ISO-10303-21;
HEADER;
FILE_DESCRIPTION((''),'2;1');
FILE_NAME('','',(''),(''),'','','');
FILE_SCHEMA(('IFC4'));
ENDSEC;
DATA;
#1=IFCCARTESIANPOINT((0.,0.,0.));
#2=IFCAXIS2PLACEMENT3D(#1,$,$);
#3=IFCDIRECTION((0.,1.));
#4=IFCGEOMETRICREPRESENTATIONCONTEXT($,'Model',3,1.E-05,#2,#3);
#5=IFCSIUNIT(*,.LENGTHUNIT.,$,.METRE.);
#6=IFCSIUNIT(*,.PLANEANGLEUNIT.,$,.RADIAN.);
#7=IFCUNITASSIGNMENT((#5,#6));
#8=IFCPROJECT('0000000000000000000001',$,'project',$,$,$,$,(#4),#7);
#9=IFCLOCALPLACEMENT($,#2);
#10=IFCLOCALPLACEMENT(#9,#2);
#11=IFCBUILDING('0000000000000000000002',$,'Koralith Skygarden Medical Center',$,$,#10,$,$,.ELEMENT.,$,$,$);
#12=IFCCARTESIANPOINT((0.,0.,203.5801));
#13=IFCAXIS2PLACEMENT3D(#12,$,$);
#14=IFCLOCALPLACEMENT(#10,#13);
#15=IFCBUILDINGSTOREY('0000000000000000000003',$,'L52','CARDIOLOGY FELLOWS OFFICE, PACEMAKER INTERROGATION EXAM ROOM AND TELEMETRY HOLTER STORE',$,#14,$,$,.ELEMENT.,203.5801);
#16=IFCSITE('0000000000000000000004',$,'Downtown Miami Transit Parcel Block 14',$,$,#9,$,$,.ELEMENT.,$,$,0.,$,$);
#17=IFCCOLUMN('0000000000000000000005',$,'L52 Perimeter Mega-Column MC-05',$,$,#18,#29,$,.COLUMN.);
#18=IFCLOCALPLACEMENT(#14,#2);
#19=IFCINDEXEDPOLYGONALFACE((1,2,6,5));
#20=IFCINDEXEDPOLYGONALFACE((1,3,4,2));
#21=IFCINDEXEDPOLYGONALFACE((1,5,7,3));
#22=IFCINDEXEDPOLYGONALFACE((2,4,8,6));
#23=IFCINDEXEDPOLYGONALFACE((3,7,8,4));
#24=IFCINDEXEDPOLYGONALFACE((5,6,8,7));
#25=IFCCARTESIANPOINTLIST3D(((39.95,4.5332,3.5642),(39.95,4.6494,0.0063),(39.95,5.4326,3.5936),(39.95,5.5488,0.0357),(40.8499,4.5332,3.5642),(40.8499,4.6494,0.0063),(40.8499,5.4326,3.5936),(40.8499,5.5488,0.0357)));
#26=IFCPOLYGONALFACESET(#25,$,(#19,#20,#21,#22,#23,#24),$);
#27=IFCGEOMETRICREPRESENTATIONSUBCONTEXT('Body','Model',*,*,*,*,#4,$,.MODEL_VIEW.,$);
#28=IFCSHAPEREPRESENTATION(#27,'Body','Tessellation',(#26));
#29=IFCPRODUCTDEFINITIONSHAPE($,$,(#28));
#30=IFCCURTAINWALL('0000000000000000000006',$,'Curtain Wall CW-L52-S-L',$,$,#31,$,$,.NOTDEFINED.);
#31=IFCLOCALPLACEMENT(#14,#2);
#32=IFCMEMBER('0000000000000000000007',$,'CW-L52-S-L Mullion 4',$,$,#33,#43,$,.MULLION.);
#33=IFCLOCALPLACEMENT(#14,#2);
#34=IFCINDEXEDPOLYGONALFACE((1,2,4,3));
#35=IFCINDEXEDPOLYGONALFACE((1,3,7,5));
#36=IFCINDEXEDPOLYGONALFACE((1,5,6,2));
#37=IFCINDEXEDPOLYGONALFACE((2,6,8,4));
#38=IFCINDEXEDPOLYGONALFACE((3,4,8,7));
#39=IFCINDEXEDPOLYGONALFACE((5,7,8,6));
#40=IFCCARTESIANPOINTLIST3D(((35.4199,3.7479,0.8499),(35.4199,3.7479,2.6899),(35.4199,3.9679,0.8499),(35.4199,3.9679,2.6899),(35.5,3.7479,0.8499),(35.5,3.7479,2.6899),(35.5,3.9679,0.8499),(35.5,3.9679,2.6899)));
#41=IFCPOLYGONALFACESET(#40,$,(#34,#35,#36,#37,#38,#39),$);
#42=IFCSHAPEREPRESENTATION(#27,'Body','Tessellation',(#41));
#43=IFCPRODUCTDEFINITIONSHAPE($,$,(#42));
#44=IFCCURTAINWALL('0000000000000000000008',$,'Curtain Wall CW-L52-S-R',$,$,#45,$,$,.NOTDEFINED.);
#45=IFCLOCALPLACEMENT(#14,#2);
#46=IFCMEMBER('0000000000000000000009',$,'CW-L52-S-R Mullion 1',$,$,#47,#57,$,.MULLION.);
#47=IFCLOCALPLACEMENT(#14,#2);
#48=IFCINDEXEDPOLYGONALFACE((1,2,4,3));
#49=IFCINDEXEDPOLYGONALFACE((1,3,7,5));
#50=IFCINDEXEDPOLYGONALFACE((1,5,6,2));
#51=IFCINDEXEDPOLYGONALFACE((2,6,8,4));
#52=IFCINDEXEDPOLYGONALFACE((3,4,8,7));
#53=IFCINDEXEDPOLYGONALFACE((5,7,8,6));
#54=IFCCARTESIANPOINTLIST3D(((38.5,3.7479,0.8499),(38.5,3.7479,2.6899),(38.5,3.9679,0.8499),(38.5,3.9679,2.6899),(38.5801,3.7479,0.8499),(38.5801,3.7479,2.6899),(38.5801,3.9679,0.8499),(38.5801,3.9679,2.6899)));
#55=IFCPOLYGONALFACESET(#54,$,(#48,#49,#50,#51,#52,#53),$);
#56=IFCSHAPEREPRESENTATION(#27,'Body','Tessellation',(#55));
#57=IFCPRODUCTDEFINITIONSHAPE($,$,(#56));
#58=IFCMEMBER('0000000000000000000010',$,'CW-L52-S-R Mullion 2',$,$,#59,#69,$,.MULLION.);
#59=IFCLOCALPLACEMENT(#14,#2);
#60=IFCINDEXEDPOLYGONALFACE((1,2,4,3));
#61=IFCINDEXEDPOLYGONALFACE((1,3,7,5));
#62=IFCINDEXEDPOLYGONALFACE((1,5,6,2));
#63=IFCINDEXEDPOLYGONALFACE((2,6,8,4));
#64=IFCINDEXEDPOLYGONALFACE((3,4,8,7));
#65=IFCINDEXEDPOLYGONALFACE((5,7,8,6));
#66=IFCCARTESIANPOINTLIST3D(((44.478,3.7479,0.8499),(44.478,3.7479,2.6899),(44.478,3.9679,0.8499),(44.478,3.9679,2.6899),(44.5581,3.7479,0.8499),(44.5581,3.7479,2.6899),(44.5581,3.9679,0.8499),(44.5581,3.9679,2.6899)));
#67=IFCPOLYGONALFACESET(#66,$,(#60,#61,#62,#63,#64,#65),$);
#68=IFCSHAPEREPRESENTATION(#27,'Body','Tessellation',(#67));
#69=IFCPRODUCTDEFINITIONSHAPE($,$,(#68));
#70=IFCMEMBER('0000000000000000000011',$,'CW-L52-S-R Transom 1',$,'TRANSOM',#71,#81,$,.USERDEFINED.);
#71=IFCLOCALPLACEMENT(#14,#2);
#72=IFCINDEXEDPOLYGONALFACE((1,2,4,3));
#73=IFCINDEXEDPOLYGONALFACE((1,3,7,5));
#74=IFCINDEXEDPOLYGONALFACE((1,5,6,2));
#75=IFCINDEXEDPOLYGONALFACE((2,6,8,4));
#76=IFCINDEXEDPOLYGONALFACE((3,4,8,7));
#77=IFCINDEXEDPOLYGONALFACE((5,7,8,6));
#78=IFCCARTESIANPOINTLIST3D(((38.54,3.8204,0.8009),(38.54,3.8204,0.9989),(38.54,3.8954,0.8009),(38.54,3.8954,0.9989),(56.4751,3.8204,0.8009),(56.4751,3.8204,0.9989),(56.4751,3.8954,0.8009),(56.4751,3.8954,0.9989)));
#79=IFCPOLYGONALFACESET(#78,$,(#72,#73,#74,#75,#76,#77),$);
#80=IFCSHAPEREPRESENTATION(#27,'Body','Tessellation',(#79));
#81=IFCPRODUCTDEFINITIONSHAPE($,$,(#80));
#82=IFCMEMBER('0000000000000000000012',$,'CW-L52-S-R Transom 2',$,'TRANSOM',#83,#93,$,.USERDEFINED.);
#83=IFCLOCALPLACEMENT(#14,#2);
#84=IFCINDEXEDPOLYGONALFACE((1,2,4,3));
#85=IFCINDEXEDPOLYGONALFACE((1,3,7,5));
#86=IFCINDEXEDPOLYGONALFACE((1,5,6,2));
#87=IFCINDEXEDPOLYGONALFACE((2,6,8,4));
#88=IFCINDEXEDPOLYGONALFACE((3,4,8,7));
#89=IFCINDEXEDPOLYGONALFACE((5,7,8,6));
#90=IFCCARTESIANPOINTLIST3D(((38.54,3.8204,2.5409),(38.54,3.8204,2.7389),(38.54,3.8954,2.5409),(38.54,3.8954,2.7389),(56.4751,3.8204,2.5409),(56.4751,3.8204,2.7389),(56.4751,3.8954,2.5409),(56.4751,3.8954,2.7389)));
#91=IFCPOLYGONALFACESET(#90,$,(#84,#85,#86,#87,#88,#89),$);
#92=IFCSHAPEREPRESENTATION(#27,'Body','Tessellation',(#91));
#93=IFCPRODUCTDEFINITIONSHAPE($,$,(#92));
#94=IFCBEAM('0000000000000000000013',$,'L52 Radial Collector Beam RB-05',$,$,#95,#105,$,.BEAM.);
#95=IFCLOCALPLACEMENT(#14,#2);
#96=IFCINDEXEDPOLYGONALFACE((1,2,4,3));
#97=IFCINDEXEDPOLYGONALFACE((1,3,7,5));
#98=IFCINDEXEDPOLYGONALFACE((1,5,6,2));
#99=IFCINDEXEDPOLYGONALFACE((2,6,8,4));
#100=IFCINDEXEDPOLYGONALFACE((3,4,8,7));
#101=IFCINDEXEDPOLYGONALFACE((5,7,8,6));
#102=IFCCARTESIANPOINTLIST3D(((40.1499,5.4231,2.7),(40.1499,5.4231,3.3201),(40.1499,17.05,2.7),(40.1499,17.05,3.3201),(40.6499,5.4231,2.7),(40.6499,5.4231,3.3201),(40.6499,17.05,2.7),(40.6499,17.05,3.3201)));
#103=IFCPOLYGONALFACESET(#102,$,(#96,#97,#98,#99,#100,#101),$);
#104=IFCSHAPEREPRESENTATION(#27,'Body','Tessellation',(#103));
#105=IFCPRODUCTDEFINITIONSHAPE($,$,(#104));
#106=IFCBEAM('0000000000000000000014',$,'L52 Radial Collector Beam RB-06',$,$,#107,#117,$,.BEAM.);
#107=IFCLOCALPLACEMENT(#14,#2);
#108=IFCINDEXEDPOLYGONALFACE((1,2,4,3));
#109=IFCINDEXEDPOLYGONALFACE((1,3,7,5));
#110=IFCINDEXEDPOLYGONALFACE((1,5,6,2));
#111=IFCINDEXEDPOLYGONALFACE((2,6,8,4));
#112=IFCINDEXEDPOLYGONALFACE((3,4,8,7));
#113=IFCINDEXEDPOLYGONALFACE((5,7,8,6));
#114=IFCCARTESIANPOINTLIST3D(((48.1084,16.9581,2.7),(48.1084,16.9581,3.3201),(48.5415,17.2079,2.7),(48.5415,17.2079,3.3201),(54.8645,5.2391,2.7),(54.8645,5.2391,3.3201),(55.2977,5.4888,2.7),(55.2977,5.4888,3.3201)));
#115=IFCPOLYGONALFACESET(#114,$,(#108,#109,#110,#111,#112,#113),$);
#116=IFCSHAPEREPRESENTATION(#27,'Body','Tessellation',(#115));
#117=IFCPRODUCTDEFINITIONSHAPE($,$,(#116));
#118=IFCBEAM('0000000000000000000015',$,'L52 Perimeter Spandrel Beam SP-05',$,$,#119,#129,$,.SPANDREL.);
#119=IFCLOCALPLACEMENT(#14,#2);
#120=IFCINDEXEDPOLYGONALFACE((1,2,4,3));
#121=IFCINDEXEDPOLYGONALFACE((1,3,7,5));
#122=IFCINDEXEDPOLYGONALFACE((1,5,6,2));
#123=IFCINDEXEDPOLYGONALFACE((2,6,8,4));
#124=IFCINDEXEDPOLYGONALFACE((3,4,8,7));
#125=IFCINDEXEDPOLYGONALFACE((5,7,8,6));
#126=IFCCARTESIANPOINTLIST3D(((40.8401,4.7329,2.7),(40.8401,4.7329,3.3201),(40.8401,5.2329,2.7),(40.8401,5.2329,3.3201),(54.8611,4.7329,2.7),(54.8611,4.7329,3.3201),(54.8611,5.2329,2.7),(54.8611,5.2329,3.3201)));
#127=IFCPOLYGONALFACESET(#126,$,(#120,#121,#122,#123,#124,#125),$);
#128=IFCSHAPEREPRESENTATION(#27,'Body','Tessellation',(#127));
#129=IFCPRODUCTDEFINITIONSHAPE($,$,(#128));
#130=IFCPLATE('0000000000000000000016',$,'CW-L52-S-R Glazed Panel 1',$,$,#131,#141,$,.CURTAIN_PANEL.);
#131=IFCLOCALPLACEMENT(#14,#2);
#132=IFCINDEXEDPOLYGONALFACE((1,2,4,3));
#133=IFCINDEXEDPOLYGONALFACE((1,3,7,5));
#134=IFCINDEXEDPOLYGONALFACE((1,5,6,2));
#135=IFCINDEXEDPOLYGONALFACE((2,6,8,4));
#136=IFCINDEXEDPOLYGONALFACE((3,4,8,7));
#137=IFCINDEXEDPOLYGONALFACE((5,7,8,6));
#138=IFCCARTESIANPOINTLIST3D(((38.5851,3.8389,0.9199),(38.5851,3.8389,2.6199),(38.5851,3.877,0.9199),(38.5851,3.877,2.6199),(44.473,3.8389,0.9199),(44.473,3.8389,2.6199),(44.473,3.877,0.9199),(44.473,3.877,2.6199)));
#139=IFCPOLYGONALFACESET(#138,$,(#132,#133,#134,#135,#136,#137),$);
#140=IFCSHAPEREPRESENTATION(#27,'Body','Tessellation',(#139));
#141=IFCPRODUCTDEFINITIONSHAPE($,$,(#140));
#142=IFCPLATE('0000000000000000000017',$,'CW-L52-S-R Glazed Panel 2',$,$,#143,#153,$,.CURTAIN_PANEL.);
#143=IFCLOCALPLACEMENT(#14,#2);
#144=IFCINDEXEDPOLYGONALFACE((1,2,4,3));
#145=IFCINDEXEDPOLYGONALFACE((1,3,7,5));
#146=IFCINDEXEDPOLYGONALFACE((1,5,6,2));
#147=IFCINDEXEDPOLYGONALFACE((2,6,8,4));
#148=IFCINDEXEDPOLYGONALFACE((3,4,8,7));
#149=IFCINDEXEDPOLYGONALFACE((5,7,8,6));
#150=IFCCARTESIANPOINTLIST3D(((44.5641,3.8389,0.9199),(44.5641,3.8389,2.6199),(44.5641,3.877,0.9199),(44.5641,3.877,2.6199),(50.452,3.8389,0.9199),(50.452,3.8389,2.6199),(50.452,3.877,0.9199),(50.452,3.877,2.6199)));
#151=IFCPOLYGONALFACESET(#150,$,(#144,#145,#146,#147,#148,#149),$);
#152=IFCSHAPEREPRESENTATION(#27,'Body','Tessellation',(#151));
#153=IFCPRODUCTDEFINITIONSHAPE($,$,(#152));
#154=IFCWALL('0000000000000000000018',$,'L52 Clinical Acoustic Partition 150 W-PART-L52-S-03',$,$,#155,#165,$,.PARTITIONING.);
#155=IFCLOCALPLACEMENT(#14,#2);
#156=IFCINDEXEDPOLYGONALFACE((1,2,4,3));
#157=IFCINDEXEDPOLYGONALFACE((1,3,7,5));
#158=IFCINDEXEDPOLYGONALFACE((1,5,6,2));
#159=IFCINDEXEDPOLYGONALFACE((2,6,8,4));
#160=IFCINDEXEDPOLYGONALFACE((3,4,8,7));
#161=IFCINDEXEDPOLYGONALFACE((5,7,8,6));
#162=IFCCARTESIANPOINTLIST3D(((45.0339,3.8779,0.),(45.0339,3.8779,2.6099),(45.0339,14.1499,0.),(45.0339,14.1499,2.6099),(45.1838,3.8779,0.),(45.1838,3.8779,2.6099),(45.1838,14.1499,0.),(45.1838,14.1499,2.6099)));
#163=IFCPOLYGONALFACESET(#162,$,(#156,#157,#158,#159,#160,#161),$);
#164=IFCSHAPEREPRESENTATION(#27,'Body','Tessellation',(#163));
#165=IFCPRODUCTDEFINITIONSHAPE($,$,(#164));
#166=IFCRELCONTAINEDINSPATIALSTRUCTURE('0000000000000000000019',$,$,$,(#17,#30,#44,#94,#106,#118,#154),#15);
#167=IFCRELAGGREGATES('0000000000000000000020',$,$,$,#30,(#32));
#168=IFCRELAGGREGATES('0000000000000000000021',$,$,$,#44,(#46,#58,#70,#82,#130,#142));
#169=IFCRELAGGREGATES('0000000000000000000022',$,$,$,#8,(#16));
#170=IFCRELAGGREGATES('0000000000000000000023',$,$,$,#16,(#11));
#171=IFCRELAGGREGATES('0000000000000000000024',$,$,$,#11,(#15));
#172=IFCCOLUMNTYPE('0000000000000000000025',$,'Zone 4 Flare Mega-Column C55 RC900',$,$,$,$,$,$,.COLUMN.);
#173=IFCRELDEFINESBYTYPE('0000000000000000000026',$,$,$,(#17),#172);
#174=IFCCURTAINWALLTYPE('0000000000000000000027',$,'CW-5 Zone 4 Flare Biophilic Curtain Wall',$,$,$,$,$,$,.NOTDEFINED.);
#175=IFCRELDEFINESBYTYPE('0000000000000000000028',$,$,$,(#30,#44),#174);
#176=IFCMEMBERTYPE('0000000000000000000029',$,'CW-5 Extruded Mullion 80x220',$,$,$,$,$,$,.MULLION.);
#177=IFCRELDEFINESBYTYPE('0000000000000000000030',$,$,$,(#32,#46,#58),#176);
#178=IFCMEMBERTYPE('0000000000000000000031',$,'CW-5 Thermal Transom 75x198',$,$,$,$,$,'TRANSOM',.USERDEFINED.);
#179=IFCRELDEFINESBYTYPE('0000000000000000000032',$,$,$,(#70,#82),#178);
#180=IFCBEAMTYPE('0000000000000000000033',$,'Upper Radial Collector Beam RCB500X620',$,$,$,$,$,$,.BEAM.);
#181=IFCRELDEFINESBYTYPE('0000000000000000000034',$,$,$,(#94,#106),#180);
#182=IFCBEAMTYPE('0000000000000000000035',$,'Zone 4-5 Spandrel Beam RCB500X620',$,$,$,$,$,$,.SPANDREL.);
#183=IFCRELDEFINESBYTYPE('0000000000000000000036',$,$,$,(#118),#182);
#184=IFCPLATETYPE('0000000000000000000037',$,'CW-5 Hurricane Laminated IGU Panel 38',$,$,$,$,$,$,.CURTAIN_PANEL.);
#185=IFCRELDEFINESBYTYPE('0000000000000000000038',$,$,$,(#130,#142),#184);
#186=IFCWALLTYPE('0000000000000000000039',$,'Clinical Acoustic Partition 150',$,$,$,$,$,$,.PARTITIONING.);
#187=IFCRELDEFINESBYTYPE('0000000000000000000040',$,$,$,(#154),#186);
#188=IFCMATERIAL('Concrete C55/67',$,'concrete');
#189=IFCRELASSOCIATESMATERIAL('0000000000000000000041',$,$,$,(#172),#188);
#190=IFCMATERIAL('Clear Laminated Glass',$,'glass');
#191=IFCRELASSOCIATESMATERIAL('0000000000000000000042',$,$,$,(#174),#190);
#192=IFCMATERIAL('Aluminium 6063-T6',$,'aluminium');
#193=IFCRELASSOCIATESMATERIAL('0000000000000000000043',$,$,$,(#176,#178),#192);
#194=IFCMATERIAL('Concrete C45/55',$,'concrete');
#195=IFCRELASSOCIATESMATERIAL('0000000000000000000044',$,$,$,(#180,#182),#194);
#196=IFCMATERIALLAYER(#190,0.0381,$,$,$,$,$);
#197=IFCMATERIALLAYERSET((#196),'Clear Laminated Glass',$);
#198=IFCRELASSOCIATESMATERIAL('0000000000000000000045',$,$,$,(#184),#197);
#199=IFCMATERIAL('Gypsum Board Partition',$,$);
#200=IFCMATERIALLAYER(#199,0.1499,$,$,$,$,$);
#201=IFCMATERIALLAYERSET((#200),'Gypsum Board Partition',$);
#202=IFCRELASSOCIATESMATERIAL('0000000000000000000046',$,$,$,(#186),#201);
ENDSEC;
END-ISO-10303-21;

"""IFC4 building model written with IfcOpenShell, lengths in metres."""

from ifc_helpers import new_model, si_unit, direction, frame, frame_2d, origin, origin_2d, place, context, subcontext, project, spatial, rectangle, extrude, material, layer, layer_set, material_profile, profile_set, type_object, element, aggregate, save


model = new_model("IFC4")

# Units and contexts
model_context = context("Model", 3, precision=1e-05, world=origin(), true_north=direction((0.0, 1.0)))
body_context = subcontext(model_context, "Body", "Model", "MODEL_VIEW")
ifc_project = project(units=[si_unit("LENGTHUNIT", "METRE"), si_unit("PLANEANGLEUNIT", "RADIAN")], contexts=[model_context])

# Site, building, storey
site_placement = place(None, origin())
site = spatial("IfcSite", under=ifc_project, at=site_placement, Name="Downtown Miami Transit Parcel Block 14", CompositionType="ELEMENT", RefElevation=0.0)
building_placement = place(site_placement, origin())
building = spatial("IfcBuilding", under=site, at=building_placement, Name="Koralith Skygarden Medical Center", CompositionType="ELEMENT")
storey_placement = place(building_placement, frame((0.0, 0.0, 203.5801)))
storey = spatial("IfcBuildingStorey", under=building, at=storey_placement, Name="L52", Description="CARDIOLOGY FELLOWS OFFICE, PACEMAKER INTERROGATION EXAM ROOM AND TELEMETRY HOLTER STORE", CompositionType="ELEMENT", Elevation=203.5801)

# Column
ifc_material_1 = material(Name="Concrete C55/67", Category="concrete")
ifc_material_profile_1 = material_profile(ifc_material_1, rectangle(XDim=0.8999, YDim=0.8999, at=origin_2d()), Name="RC900X900")
ifc_profile_set_1 = profile_set([ifc_material_profile_1], Name="Concrete C55/67")
column_type = type_object("IfcColumnType", Name="Zone 4 Flare Mega-Column C55 RC900", PredefinedType="COLUMN", material=ifc_profile_set_1)
column_placement = place(storey_placement, frame((40.3999, 5.0991, 0.021), z_axis=(0.0, -0.032646, 0.999467), x_axis=(1.0, 0.0, 0.0)))
element("IfcColumn", 1, at=column_placement, inside=storey, type_object=column_type, Name="L52 Perimeter Mega-Column MC-05", PredefinedType="COLUMN", context=body_context, shape_type="SweptSolid", body=[
    extrude(rectangle(XDim=0.8999, YDim=0.8999, at=origin_2d()), origin(), (0.0, 0.0, 1.0), 3.5598),
])

# Curtain wall, member
ifc_material_2 = material(Name="Clear Laminated Glass", Category="glass")
curtain_wall_type = type_object("IfcCurtainWallType", Name="CW-5 Zone 4 Flare Biophilic Curtain Wall", PredefinedType="NOTDEFINED", material=ifc_material_2)
curtain_wall_1_placement = place(storey_placement, origin())
curtain_wall_1 = element("IfcCurtainWall", 2, at=curtain_wall_1_placement, inside=storey, type_object=curtain_wall_type, Name="Curtain Wall CW-L52-S-L", PredefinedType="NOTDEFINED")
ifc_material_3 = material(Name="Aluminium 6063-T6", Category="aluminium")
ifc_material_profile_2 = material_profile(ifc_material_3, rectangle(XDim=0.0801, YDim=0.22, at=origin_2d()), Name="MUL80X220")
ifc_profile_set_2 = profile_set([ifc_material_profile_2], Name="Aluminium 6063-T6")
member_type_1 = type_object("IfcMemberType", Name="CW-5 Extruded Mullion 80x220", PredefinedType="MULLION", material=ifc_profile_set_2)
member_1_placement = place(storey_placement, frame((35.46, 3.8579, 0.8499), z_axis=(0.0, 0.0, 1.0), x_axis=(1.0, 0.0, 0.0)))
member_1 = element("IfcMember", 3, at=member_1_placement, type_object=member_type_1, Name="CW-L52-S-L Mullion 4", PredefinedType="MULLION", context=body_context, shape_type="SweptSolid", body=[
    extrude(rectangle(XDim=0.0801, YDim=0.22, at=origin_2d()), origin(), (0.0, 0.0, 1.0), 1.8401),
])
aggregate(curtain_wall_1, [member_1])

# Curtain wall, members
curtain_wall_2_placement = place(storey_placement, origin())
curtain_wall_2 = element("IfcCurtainWall", 4, at=curtain_wall_2_placement, inside=storey, type_object=curtain_wall_type, Name="Curtain Wall CW-L52-S-R", PredefinedType="NOTDEFINED")
member_2_placement = place(storey_placement, frame((38.54, 3.8579, 0.8499), z_axis=(0.0, 0.0, 1.0), x_axis=(1.0, 0.0, 0.0)))
member_2 = element("IfcMember", 5, at=member_2_placement, type_object=member_type_1, Name="CW-L52-S-R Mullion 1", PredefinedType="MULLION", context=body_context, shape_type="SweptSolid", body=[
    extrude(rectangle(XDim=0.0801, YDim=0.22, at=origin_2d()), origin(), (0.0, 0.0, 1.0), 1.8401),
])
member_3_placement = place(storey_placement, frame((44.5181, 3.8579, 0.8499), z_axis=(0.0, 0.0, 1.0), x_axis=(1.0, 0.0, 0.0)))
member_3 = element("IfcMember", 6, at=member_3_placement, type_object=member_type_1, Name="CW-L52-S-R Mullion 2", PredefinedType="MULLION", context=body_context, shape_type="SweptSolid", body=[
    extrude(rectangle(XDim=0.0801, YDim=0.22, at=origin_2d()), origin(), (0.0, 0.0, 1.0), 1.8401),
])
ifc_material_profile_3 = material_profile(ifc_material_3, rectangle(XDim=0.075, YDim=0.198, at=origin_2d()), Name="TRN75X198")
ifc_profile_set_3 = profile_set([ifc_material_profile_3], Name="Aluminium 6063-T6")
member_type_2 = type_object("IfcMemberType", Name="CW-5 Thermal Transom 75x198", ElementType="TRANSOM", PredefinedType="USERDEFINED", material=ifc_profile_set_3)
member_4_placement = place(storey_placement, frame((38.54, 3.8579, 0.8999), z_axis=(1.0, 0.0, 0.0), x_axis=(0.0, 1.0, 0.0)))
member_4 = element("IfcMember", 7, at=member_4_placement, type_object=member_type_2, Name="CW-L52-S-R Transom 1", ObjectType="TRANSOM", PredefinedType="USERDEFINED", context=body_context, shape_type="SweptSolid", body=[
    extrude(rectangle(XDim=0.075, YDim=0.198, at=origin_2d()), origin(), (0.0, 0.0, 1.0), 17.9351),
])
member_5_placement = place(storey_placement, frame((38.54, 3.8579, 2.6399), z_axis=(1.0, 0.0, 0.0), x_axis=(0.0, 1.0, 0.0)))
member_5 = element("IfcMember", 8, at=member_5_placement, type_object=member_type_2, Name="CW-L52-S-R Transom 2", ObjectType="TRANSOM", PredefinedType="USERDEFINED", context=body_context, shape_type="SweptSolid", body=[
    extrude(rectangle(XDim=0.075, YDim=0.198, at=origin_2d()), origin(), (0.0, 0.0, 1.0), 17.9351),
])

# Beams
ifc_material_4 = material(Name="Concrete C45/55", Category="concrete")
ifc_material_profile_4 = material_profile(ifc_material_4, rectangle(XDim=0.5, YDim=0.6201, at=origin_2d()), Name="RCB500X620")
ifc_profile_set_4 = profile_set([ifc_material_profile_4], Name="Concrete C45/55")
beam_type_1 = type_object("IfcBeamType", Name="Upper Radial Collector Beam RCB500X620", PredefinedType="BEAM", material=ifc_profile_set_4)
beam_1_placement = place(storey_placement, frame((40.3999, 17.05, 3.01), z_axis=(0.0, -1.0, 0.0), x_axis=(1.0, 0.0, 0.0)))
element("IfcBeam", 9, at=beam_1_placement, inside=storey, type_object=beam_type_1, Name="L52 Radial Collector Beam RB-05", PredefinedType="BEAM", context=body_context, shape_type="SweptSolid", body=[
    extrude(rectangle(XDim=0.5, YDim=0.6201, at=origin_2d()), origin(), (0.0, 0.0, 1.0), 11.627),
])
beam_2_placement = place(storey_placement, frame((48.325, 17.083, 3.01), z_axis=(0.499453, -0.866341, 0.0), x_axis=(0.866341, 0.499453, 0.0)))
element("IfcBeam", 10, at=beam_2_placement, inside=storey, type_object=beam_type_1, Name="L52 Radial Collector Beam RB-06", PredefinedType="BEAM", context=body_context, shape_type="SweptSolid", body=[
    extrude(rectangle(XDim=0.5, YDim=0.6201, at=origin_2d()), origin(), (0.0, 0.0, 1.0), 13.5271),
])
ifc_material_profile_5 = material_profile(ifc_material_4, rectangle(XDim=0.5, YDim=0.6201, at=origin_2d()), Name="RCB500X620")
ifc_profile_set_5 = profile_set([ifc_material_profile_5], Name="Concrete C45/55")
beam_type_2 = type_object("IfcBeamType", Name="Zone 4-5 Spandrel Beam RCB500X620", PredefinedType="SPANDREL", material=ifc_profile_set_5)
beam_3_placement = place(storey_placement, frame((40.8401, 4.9829, 3.01), z_axis=(1.0, 0.0, 0.0), x_axis=(0.0, 1.0, 0.0)))
element("IfcBeam", 11, at=beam_3_placement, inside=storey, type_object=beam_type_2, Name="L52 Perimeter Spandrel Beam SP-05", PredefinedType="SPANDREL", context=body_context, shape_type="SweptSolid", body=[
    extrude(rectangle(XDim=0.5, YDim=0.6201, at=origin_2d()), origin(), (0.0, 0.0, 1.0), 14.021),
])

# Plates
ifc_layer_1 = layer(ifc_material_2, 0.0381)
ifc_layer_set_1 = layer_set([ifc_layer_1], Name="Clear Laminated Glass")
plate_type = type_object("IfcPlateType", Name="CW-5 Hurricane Laminated IGU Panel 38", PredefinedType="CURTAIN_PANEL", material=ifc_layer_set_1)
plate_1_placement = place(storey_placement, frame((41.5291, 3.8579, 0.9199), z_axis=(0.0, 0.0, 1.0), x_axis=(1.0, 0.0, 0.0)))
plate_1 = element("IfcPlate", 12, at=plate_1_placement, type_object=plate_type, Name="CW-L52-S-R Glazed Panel 1", PredefinedType="CURTAIN_PANEL", context=body_context, shape_type="SweptSolid", body=[
    extrude(rectangle(XDim=5.8879, YDim=0.0381, at=origin_2d()), origin(), (0.0, 0.0, 1.0), 1.7),
])
plate_2_placement = place(storey_placement, frame((47.5081, 3.8579, 0.9199), z_axis=(0.0, 0.0, 1.0), x_axis=(1.0, 0.0, 0.0)))
plate_2 = element("IfcPlate", 13, at=plate_2_placement, type_object=plate_type, Name="CW-L52-S-R Glazed Panel 2", PredefinedType="CURTAIN_PANEL", context=body_context, shape_type="SweptSolid", body=[
    extrude(rectangle(XDim=5.8879, YDim=0.0381, at=origin_2d()), origin(), (0.0, 0.0, 1.0), 1.7),
])
aggregate(curtain_wall_2, [member_2, member_3, member_4, member_5, plate_1, plate_2])

# Wall
ifc_material_5 = material(Name="Gypsum Board Partition")
ifc_layer_2 = layer(ifc_material_5, 0.1499)
ifc_layer_set_2 = layer_set([ifc_layer_2], Name="Gypsum Board Partition")
wall_type_1 = type_object("IfcWallType", Name="Clinical Acoustic Partition 150", PredefinedType="PARTITIONING", material=ifc_layer_set_2)
wall_1_placement = place(storey_placement, frame((45.1089, 14.1499, 0.0), z_axis=(0.0, 0.0, 1.0), x_axis=(0.0, -1.0, 0.0)))
element("IfcWall", 14, at=wall_1_placement, inside=storey, type_object=wall_type_1, Name="L52 Clinical Acoustic Partition 150 W-PART-L52-S-03", PredefinedType="PARTITIONING", context=body_context, shape_type="SweptSolid", body=[
    extrude(rectangle(XDim=10.272, YDim=0.1499, at=frame_2d((5.136, 0.0))), origin(), (0.0, 0.0, 1.0), 2.6099),
])

save(model, "model.ifc")
